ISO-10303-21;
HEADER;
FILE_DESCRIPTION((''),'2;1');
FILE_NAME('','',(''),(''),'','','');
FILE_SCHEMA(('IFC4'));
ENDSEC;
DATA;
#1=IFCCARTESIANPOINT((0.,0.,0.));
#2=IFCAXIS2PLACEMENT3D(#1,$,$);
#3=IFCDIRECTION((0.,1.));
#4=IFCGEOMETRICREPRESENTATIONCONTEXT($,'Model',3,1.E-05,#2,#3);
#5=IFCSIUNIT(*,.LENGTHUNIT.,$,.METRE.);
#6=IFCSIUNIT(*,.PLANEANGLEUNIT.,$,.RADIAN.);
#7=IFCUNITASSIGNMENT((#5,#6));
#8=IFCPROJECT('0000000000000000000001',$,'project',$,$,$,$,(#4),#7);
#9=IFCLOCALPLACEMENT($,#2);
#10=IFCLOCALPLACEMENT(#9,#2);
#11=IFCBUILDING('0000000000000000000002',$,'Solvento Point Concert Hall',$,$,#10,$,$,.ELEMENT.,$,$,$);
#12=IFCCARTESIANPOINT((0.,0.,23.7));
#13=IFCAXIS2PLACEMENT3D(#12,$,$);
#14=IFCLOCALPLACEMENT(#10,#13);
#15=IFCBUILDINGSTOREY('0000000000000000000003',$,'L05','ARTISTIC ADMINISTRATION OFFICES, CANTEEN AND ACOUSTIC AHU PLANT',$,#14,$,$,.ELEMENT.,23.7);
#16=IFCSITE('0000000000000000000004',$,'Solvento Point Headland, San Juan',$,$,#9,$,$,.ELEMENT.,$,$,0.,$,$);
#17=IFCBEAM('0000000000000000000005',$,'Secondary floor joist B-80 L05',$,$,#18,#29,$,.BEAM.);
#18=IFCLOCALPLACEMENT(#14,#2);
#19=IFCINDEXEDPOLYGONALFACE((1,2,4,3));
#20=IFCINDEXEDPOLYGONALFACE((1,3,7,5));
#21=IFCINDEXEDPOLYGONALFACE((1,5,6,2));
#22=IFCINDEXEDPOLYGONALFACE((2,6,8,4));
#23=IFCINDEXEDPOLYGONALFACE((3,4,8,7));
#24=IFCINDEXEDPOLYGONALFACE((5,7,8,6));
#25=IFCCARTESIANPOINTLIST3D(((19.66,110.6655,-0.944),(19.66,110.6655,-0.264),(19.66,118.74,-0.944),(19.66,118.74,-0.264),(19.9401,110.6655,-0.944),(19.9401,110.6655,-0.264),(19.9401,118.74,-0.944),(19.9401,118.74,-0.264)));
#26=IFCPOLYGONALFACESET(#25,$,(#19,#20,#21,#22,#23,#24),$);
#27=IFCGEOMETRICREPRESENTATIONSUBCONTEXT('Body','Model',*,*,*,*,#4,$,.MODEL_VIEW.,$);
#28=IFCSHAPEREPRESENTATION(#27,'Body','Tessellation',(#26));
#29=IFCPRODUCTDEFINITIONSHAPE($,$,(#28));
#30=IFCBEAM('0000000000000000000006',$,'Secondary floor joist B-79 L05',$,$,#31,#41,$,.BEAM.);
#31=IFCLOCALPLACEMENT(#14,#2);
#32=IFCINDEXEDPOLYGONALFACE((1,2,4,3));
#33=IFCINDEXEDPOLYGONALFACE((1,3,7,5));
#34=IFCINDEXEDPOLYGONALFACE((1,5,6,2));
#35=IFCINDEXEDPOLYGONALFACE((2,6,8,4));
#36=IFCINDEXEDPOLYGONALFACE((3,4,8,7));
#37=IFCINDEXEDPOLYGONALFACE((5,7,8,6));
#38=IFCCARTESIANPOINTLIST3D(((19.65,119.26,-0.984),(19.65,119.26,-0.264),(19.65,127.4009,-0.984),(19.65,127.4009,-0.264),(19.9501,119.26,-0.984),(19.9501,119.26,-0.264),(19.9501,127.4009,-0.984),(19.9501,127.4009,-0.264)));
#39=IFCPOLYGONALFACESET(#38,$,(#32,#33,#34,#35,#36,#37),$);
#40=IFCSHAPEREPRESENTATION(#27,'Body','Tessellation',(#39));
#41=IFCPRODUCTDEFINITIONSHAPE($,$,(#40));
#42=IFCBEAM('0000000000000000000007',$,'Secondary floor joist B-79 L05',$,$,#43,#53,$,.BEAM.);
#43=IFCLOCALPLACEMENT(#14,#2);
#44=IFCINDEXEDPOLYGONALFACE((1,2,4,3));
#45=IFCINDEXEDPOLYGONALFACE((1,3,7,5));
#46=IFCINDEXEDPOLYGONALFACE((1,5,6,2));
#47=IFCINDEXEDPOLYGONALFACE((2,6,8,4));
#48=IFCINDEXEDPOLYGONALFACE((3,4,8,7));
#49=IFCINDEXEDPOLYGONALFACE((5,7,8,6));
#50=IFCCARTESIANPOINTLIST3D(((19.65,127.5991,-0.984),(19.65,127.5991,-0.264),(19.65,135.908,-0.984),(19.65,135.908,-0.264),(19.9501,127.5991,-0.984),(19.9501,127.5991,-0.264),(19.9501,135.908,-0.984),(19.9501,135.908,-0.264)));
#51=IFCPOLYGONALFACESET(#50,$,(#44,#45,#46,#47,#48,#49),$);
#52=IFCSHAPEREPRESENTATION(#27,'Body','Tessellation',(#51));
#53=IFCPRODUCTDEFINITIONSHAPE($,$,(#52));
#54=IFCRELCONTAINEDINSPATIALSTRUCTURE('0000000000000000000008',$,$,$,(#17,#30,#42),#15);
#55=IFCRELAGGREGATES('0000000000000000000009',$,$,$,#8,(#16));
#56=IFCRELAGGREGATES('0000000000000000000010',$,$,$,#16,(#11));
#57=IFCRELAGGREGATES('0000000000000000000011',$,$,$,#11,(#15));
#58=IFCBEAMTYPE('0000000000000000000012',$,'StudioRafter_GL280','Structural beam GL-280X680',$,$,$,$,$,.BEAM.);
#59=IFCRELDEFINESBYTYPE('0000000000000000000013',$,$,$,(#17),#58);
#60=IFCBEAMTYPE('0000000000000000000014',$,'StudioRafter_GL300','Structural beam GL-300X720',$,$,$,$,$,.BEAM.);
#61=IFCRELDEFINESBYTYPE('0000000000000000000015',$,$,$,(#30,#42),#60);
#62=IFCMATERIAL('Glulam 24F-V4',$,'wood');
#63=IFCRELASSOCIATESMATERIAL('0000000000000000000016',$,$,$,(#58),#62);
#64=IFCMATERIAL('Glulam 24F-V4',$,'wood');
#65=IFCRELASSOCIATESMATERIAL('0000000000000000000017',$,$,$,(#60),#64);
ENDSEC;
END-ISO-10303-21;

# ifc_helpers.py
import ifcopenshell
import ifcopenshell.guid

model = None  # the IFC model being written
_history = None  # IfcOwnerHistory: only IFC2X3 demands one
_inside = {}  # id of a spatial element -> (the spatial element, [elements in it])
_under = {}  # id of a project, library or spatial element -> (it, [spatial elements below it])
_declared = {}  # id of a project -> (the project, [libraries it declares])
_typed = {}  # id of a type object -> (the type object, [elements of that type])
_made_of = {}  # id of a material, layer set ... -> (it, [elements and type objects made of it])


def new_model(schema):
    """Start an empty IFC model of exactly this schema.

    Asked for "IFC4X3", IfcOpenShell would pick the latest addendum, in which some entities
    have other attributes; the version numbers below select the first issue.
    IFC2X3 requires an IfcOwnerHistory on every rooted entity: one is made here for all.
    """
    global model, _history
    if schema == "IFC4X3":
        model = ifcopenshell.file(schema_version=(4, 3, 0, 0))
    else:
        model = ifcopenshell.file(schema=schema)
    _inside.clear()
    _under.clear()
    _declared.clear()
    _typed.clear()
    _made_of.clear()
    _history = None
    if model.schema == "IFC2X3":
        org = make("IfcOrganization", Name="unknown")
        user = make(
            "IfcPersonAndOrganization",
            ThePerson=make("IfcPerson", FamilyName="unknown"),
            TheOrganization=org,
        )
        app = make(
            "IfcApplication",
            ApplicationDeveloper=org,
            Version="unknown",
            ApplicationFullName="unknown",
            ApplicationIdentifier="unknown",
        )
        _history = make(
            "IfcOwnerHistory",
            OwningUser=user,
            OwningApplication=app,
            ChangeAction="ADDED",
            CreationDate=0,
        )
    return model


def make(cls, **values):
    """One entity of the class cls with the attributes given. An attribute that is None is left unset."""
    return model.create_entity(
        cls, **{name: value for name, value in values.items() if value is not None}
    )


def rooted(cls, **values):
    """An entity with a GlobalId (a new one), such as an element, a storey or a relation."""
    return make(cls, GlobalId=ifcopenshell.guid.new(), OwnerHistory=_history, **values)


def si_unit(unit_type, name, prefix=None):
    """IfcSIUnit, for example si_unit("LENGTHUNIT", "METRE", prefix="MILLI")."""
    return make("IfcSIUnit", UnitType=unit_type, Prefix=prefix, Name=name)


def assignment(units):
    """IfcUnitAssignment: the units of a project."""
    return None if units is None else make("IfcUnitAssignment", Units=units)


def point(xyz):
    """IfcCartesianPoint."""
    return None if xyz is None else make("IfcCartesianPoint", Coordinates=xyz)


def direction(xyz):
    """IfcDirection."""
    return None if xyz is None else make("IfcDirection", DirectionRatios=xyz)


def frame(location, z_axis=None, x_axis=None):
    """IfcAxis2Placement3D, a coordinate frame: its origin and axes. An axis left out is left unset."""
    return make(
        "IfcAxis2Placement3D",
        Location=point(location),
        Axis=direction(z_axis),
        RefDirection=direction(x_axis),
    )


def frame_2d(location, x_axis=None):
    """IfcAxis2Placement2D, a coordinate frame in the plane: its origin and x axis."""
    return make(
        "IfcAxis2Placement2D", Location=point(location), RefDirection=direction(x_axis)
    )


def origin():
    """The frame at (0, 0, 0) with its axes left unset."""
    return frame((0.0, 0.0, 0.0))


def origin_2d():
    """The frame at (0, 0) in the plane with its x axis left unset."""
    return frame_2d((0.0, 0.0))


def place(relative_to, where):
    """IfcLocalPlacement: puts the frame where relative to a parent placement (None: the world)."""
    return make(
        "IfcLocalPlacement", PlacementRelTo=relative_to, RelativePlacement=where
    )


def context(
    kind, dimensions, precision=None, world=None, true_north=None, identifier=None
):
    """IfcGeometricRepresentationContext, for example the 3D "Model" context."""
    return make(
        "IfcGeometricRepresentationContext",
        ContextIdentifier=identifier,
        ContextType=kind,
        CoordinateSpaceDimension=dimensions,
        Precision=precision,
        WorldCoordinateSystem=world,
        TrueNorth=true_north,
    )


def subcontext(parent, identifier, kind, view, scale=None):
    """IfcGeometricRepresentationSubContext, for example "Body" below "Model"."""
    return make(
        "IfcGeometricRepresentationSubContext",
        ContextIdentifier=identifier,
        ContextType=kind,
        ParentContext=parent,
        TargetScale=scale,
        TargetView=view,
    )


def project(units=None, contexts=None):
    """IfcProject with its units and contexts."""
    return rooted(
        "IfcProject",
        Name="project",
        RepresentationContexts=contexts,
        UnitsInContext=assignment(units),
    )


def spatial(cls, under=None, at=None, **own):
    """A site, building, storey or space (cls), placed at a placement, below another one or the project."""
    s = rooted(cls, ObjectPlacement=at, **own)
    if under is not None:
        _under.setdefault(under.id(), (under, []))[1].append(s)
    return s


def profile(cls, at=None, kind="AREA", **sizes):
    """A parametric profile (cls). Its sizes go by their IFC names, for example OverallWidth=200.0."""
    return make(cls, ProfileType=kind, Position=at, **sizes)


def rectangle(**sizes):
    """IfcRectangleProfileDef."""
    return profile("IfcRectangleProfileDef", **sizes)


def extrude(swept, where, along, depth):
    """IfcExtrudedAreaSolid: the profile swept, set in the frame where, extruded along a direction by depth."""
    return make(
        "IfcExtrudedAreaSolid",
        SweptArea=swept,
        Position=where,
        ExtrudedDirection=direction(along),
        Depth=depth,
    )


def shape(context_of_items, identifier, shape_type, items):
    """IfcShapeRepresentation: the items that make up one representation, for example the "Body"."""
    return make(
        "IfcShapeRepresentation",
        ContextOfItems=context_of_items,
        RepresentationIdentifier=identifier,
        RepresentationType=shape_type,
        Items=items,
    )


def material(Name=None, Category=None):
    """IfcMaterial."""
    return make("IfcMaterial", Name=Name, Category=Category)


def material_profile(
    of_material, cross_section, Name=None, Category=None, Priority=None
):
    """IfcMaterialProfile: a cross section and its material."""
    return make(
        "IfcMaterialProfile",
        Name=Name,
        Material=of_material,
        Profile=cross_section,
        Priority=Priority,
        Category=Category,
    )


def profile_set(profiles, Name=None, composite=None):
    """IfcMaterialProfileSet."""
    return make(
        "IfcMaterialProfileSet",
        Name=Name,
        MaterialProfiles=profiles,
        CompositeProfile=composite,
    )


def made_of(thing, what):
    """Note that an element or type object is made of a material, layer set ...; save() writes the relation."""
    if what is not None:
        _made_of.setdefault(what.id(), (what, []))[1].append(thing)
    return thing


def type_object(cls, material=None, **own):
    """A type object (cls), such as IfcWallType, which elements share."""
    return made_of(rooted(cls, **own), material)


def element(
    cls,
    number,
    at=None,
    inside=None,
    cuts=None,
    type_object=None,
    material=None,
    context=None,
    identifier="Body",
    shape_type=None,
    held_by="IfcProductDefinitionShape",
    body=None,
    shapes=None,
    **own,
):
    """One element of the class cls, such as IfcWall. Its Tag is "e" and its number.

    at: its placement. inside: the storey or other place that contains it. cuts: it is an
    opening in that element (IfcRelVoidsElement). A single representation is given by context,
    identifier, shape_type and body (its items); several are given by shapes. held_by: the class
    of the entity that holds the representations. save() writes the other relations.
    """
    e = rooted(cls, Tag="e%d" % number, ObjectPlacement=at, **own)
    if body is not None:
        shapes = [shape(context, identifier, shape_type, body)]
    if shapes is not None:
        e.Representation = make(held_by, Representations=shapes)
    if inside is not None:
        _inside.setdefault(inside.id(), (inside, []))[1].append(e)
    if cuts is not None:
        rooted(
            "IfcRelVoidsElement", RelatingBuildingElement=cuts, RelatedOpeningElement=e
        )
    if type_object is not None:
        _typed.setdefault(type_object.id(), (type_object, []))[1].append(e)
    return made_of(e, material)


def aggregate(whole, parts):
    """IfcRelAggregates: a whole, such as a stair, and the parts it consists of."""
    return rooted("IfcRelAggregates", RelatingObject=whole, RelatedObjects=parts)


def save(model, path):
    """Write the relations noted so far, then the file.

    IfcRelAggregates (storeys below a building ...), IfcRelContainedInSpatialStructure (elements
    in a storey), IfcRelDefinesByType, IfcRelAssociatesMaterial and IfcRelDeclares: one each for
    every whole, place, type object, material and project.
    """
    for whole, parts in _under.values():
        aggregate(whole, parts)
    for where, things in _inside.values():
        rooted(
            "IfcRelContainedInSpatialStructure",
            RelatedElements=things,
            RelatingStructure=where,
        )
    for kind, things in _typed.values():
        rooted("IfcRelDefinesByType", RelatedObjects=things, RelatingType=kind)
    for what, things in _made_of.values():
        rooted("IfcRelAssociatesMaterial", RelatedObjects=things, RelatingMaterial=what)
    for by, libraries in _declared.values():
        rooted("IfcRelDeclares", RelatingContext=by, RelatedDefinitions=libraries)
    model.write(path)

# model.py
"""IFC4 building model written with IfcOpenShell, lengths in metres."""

from ifc_helpers import new_model, si_unit, direction, frame, origin, origin_2d, place, context, subcontext, project, spatial, rectangle, extrude, material, material_profile, profile_set, type_object, element, save


model = new_model("IFC4")

# Units and contexts
model_context = context("Model", 3, precision=1e-05, world=origin(), true_north=direction((0.0, 1.0)))
body_context = subcontext(model_context, "Body", "Model", "MODEL_VIEW")
ifc_project = project(units=[si_unit("LENGTHUNIT", "METRE"), si_unit("PLANEANGLEUNIT", "RADIAN")], contexts=[model_context])

# Site, building, storey
site_placement = place(None, origin())
site = spatial("IfcSite", under=ifc_project, at=site_placement, Name="Solvento Point Headland, San Juan", CompositionType="ELEMENT", RefElevation=0.0)
building_placement = place(site_placement, origin())
building = spatial("IfcBuilding", under=site, at=building_placement, Name="Solvento Point Concert Hall", CompositionType="ELEMENT")
storey_placement = place(building_placement, frame((0.0, 0.0, 23.7)))
storey = spatial("IfcBuildingStorey", under=building, at=storey_placement, Name="L05", Description="ARTISTIC ADMINISTRATION OFFICES, CANTEEN AND ACOUSTIC AHU PLANT", CompositionType="ELEMENT", Elevation=23.7)

# Beams
ifc_material_1 = material(Name="Glulam 24F-V4", Category="wood")
ifc_material_profile_1 = material_profile(ifc_material_1, rectangle(XDim=0.28, YDim=0.6799, at=origin_2d()), Name="GL-280X680")
ifc_profile_set_1 = profile_set([ifc_material_profile_1], Name="Glulam 24F-V4")
beam_type_1 = type_object("IfcBeamType", Name="StudioRafter_GL280", Description="Structural beam GL-280X680", PredefinedType="BEAM", material=ifc_profile_set_1)
beam_1_placement = place(storey_placement, frame((19.8, 110.6655, -0.604), z_axis=(0.0, 1.0, 0.0), x_axis=(-1.0, 0.0, 0.0)))
element("IfcBeam", 1, at=beam_1_placement, inside=storey, type_object=beam_type_1, Name="Secondary floor joist B-80 L05", PredefinedType="BEAM", context=body_context, shape_type="SweptSolid", body=[
    extrude(rectangle(XDim=0.28, YDim=0.6799, at=origin_2d()), origin(), (0.0, 0.0, 1.0), 8.0745),
])
ifc_material_2 = material(Name="Glulam 24F-V4", Category="wood")
ifc_material_profile_2 = material_profile(ifc_material_2, rectangle(XDim=0.3, YDim=0.72, at=origin_2d()), Name="GL-300X720")
ifc_profile_set_2 = profile_set([ifc_material_profile_2], Name="Glulam 24F-V4")
beam_type_2 = type_object("IfcBeamType", Name="StudioRafter_GL300", Description="Structural beam GL-300X720", PredefinedType="BEAM", material=ifc_profile_set_2)
beam_2_placement = place(storey_placement, frame((19.8, 119.26, -0.624), z_axis=(0.0, 1.0, 0.0), x_axis=(-1.0, 0.0, 0.0)))
element("IfcBeam", 2, at=beam_2_placement, inside=storey, type_object=beam_type_2, Name="Secondary floor joist B-79 L05", PredefinedType="BEAM", context=body_context, shape_type="SweptSolid", body=[
    extrude(rectangle(XDim=0.3, YDim=0.72, at=origin_2d()), origin(), (0.0, 0.0, 1.0), 8.1409),
])
beam_3_placement = place(storey_placement, frame((19.8, 127.5991, -0.624), z_axis=(0.0, 1.0, 0.0), x_axis=(-1.0, 0.0, 0.0)))
element("IfcBeam", 3, at=beam_3_placement, inside=storey, type_object=beam_type_2, Name="Secondary floor joist B-79 L05", PredefinedType="BEAM", context=body_context, shape_type="SweptSolid", body=[
    extrude(rectangle(XDim=0.3, YDim=0.72, at=origin_2d()), origin(), (0.0, 0.0, 1.0), 8.3088),
])

save(model, "model.ifc")
